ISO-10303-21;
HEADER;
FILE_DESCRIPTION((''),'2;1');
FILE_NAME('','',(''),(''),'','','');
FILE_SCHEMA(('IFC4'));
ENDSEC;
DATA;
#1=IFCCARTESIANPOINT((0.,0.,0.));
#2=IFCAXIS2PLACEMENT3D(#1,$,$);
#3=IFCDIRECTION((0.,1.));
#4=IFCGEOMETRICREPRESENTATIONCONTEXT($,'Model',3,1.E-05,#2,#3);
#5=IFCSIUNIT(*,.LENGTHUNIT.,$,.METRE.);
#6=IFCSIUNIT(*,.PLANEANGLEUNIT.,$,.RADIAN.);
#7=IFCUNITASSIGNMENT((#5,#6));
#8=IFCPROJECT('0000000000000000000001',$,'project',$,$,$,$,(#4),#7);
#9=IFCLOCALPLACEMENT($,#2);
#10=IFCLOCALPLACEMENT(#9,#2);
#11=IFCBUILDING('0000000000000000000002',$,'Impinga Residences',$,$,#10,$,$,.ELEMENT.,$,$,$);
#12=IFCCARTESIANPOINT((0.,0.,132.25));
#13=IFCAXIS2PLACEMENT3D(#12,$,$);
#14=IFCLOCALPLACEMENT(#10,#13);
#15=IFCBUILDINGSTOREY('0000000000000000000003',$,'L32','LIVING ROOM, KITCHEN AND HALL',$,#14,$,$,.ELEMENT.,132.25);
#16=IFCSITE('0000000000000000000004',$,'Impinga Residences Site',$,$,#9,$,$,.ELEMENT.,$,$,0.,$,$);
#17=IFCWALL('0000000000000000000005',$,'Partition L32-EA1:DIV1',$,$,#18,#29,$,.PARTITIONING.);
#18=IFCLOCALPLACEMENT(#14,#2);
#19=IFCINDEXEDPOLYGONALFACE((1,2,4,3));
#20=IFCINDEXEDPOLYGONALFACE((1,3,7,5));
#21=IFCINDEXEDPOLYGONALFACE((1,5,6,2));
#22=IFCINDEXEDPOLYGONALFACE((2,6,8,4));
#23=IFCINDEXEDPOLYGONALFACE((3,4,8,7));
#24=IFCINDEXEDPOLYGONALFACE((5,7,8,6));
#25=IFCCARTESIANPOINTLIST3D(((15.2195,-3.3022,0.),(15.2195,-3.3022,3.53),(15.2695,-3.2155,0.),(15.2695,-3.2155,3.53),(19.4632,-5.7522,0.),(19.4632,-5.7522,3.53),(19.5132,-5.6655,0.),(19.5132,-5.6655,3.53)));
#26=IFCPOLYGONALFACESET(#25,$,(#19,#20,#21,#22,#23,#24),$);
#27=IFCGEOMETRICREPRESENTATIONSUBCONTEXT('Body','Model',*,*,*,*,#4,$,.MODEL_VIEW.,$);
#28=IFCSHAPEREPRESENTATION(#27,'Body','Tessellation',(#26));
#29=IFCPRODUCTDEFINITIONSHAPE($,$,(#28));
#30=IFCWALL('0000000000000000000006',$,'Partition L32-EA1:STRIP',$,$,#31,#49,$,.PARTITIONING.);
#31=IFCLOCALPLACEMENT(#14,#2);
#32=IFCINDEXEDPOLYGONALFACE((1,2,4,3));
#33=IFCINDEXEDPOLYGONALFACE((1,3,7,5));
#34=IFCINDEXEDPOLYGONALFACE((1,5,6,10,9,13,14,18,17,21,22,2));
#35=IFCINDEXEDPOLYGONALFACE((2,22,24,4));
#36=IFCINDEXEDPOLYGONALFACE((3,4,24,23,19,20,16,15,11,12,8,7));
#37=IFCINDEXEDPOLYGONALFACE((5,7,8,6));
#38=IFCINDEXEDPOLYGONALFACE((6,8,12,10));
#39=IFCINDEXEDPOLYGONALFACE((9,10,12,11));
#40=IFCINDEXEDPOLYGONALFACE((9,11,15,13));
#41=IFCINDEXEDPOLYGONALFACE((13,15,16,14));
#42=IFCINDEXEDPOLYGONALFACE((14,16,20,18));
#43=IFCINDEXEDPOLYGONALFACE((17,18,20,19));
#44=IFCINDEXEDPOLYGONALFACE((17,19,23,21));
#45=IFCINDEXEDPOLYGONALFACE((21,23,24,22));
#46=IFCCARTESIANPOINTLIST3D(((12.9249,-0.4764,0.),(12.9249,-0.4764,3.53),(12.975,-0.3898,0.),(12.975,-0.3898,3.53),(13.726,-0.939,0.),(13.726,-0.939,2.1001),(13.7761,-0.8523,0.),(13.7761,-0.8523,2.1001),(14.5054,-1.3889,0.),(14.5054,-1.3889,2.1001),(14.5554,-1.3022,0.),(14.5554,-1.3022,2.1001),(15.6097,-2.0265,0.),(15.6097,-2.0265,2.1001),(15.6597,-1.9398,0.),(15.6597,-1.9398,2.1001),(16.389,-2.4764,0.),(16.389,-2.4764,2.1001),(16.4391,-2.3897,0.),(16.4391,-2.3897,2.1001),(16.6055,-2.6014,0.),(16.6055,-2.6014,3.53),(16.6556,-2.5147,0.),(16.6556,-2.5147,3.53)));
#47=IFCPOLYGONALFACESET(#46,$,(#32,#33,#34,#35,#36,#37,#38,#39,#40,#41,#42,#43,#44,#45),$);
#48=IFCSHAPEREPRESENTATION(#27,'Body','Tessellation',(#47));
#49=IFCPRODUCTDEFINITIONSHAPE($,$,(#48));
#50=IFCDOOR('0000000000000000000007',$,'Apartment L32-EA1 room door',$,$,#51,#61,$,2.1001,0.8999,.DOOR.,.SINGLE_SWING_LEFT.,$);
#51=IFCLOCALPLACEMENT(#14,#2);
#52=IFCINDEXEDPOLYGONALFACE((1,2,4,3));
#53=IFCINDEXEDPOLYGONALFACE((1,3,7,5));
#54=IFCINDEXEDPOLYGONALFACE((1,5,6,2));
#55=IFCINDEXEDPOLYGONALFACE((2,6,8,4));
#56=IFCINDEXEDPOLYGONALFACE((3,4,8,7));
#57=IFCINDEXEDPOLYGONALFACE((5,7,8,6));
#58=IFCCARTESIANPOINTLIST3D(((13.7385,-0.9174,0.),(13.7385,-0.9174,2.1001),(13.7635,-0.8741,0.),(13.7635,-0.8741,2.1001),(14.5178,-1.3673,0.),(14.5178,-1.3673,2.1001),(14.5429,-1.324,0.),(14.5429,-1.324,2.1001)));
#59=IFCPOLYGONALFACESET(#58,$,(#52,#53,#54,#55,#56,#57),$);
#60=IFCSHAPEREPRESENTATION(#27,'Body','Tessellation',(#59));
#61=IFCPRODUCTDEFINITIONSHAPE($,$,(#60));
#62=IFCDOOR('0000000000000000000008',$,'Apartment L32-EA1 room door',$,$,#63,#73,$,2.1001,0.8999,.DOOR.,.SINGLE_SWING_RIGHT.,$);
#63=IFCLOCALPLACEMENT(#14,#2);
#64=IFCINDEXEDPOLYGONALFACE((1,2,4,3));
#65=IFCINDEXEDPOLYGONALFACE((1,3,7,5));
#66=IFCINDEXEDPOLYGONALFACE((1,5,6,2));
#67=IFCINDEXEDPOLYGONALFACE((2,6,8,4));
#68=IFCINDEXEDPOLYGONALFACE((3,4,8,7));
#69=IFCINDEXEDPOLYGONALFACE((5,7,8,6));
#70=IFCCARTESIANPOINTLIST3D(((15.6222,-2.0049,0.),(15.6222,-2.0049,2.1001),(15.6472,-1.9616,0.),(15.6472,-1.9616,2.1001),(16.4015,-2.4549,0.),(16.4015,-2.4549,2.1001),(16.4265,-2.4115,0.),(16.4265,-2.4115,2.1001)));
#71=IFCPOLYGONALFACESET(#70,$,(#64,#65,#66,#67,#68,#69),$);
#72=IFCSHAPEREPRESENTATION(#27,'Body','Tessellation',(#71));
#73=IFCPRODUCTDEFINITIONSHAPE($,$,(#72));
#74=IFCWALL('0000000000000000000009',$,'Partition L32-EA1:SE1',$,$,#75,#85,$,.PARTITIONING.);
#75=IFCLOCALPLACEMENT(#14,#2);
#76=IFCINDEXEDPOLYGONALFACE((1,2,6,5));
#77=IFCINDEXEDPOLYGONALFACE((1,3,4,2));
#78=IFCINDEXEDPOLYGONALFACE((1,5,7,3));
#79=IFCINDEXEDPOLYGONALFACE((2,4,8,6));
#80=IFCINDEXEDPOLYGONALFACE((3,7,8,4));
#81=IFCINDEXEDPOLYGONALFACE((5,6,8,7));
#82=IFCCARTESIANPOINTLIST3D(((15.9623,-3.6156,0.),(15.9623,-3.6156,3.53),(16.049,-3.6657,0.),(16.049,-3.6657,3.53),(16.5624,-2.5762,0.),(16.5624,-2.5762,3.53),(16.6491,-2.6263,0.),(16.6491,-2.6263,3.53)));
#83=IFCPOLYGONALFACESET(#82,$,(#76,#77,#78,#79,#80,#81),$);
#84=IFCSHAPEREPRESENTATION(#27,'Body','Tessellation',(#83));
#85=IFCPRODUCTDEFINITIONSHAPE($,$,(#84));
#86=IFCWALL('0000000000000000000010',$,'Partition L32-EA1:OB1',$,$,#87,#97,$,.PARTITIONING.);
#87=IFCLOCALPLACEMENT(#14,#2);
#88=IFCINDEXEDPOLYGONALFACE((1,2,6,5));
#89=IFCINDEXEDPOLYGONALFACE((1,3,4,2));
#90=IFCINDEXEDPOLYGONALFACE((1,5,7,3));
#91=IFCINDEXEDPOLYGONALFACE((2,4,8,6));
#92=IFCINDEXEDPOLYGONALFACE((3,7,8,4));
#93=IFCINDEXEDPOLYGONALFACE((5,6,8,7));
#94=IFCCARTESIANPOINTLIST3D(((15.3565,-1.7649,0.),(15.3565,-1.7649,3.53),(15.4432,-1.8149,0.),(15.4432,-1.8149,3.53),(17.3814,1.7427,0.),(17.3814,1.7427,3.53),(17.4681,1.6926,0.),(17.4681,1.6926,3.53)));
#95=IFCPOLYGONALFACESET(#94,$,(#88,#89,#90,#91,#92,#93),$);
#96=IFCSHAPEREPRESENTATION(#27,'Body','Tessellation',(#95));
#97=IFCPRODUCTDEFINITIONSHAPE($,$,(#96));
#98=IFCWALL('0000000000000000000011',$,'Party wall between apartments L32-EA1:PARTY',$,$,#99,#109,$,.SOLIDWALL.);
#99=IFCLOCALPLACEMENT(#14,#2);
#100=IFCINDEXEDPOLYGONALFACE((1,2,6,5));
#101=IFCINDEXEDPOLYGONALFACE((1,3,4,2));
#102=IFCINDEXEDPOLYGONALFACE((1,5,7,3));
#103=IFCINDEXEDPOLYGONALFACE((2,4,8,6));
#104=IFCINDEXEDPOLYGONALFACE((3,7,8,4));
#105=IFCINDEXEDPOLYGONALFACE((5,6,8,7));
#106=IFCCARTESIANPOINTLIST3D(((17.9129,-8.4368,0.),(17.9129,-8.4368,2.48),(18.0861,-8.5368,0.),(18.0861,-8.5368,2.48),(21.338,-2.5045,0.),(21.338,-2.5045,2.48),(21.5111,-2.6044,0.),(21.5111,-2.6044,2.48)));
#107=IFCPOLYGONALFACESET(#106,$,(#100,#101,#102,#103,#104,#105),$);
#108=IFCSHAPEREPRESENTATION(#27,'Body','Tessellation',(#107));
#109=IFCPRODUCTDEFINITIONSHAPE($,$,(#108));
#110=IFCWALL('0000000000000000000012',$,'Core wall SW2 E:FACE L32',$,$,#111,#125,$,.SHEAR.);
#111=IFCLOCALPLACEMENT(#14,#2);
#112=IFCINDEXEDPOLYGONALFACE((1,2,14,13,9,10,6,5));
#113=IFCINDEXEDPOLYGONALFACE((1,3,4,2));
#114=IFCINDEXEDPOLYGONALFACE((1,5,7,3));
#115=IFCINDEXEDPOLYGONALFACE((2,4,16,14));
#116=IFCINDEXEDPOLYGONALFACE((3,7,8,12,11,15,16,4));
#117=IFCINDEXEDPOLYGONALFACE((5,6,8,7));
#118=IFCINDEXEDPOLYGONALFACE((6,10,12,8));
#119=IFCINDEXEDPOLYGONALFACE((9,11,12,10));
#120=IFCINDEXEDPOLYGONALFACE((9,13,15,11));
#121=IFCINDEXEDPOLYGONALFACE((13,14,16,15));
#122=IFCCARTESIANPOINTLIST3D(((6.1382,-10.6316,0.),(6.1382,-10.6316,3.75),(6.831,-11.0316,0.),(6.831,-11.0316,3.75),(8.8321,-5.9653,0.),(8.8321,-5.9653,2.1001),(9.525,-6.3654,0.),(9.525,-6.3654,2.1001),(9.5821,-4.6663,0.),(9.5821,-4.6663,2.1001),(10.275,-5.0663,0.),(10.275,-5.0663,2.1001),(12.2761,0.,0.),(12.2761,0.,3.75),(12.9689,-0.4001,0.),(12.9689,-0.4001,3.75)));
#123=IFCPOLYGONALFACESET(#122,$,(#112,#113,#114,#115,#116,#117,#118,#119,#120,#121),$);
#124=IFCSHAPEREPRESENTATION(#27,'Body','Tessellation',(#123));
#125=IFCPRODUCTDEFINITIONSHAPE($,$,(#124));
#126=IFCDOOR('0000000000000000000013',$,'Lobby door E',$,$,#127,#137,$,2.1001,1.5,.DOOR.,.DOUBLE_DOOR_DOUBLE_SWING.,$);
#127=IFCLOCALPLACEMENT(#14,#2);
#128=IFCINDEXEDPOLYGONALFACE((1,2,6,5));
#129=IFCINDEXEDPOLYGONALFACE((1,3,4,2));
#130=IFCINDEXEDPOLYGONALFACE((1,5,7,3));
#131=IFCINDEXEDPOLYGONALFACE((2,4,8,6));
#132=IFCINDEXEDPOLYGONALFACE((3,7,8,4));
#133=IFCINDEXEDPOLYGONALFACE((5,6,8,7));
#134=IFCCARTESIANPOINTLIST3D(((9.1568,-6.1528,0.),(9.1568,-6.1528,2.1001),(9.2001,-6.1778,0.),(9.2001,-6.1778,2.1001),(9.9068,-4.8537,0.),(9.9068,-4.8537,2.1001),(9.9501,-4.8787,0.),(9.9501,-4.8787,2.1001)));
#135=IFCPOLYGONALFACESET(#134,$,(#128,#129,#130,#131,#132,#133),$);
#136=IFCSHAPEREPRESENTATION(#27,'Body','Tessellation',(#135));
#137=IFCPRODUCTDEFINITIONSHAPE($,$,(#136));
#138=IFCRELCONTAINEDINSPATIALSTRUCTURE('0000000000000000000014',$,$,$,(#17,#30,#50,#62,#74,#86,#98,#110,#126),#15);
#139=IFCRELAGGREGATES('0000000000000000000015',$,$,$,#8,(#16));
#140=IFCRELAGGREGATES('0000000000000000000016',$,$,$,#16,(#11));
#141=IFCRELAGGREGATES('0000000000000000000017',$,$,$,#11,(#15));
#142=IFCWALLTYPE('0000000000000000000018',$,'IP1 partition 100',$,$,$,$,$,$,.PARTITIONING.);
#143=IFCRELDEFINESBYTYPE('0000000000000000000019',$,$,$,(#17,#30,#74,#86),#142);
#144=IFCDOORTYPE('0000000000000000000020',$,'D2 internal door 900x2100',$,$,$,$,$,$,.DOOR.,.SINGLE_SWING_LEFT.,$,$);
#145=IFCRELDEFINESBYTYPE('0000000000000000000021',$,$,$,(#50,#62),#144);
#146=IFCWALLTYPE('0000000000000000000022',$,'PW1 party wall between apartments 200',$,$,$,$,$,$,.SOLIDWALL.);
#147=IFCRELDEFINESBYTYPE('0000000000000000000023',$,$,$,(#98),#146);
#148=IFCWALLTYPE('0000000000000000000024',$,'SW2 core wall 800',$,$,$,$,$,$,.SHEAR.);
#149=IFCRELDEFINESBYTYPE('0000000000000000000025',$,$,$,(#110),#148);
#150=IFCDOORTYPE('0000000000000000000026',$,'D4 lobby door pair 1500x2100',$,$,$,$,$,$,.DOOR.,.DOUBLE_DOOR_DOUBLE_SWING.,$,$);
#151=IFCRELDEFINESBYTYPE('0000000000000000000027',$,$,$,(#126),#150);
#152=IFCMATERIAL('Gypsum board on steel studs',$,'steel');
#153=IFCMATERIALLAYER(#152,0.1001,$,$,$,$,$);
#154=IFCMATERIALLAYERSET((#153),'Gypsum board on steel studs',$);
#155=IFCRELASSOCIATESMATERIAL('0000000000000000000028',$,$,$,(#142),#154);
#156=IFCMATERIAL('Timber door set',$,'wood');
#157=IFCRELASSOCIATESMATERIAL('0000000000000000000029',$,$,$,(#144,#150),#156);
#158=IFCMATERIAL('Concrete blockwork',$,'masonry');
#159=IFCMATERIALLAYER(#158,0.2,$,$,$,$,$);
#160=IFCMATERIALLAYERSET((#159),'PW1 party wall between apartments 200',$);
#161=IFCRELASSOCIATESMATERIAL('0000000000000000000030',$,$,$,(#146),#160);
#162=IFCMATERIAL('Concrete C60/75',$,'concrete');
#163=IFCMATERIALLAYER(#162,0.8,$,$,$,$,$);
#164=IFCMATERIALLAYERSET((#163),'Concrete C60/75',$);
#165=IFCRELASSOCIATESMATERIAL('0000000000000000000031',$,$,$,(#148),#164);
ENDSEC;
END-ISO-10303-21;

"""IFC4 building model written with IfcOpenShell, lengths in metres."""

from ifc_helpers import new_model, si_unit, direction, frame, frame_2d, origin, place, context, subcontext, project, spatial, rectangle, extrude, material, layer, layer_set, type_object, element, fill, save


model = new_model("IFC4")

# Units and contexts
model_context = context("Model", 3, precision=1e-05, world=origin(), true_north=direction((0.0, 1.0)))
body_context = subcontext(model_context, "Body", "Model", "MODEL_VIEW")
ifc_project = project(units=[si_unit("LENGTHUNIT", "METRE"), si_unit("PLANEANGLEUNIT", "RADIAN")], contexts=[model_context])

# Site, building, storey
site_placement = place(None, origin())
site = spatial("IfcSite", under=ifc_project, at=site_placement, Name="Impinga Residences Site", CompositionType="ELEMENT", RefElevation=0.0)
building_placement = place(site_placement, origin())
building = spatial("IfcBuilding", under=site, at=building_placement, Name="Impinga Residences", CompositionType="ELEMENT")
storey_placement = place(building_placement, frame((0.0, 0.0, 132.25)))
storey = spatial("IfcBuildingStorey", under=building, at=storey_placement, Name="L32", Description="LIVING ROOM, KITCHEN AND HALL", CompositionType="ELEMENT", Elevation=132.25)

# Shared definitions
ifc_material_1 = material(Name="Concrete C60/75", Category="concrete")

# Wall
ifc_material_2 = material(Name="Gypsum board on steel studs", Category="steel")
ifc_layer_1 = layer(ifc_material_2, 0.1001)
ifc_layer_set_1 = layer_set([ifc_layer_1], Name="Gypsum board on steel studs")
wall_type_1 = type_object("IfcWallType", Name="IP1 partition 100", PredefinedType="PARTITIONING", material=ifc_layer_set_1)
wall_1_placement = place(storey_placement, frame((15.2444, -3.2588, 0.0), z_axis=(0.0, 0.0, 1.0), x_axis=(0.866036, -0.499981, 0.0)))
element("IfcWall", 1, at=wall_1_placement, inside=storey, type_object=wall_type_1, Name="Partition L32-EA1:DIV1", PredefinedType="PARTITIONING", context=body_context, shape_type="SweptSolid", body=[
    extrude(rectangle(XDim=4.9001, YDim=0.1001, at=frame_2d((2.4502, 0.0))), origin(), (0.0, 0.0, 1.0), 3.53),
])

# Wall, openings, doors
wall_2_placement = place(storey_placement, frame((12.95, -0.4331, 0.0), z_axis=(0.0, 0.0, 1.0), x_axis=(0.866029, -0.499994, 0.0)))
wall_2 = element("IfcWall", 2, at=wall_2_placement, inside=storey, type_object=wall_type_1, Name="Partition L32-EA1:STRIP", PredefinedType="PARTITIONING", context=body_context, shape_type="SweptSolid", body=[
    extrude(rectangle(XDim=4.25, YDim=0.1001, at=frame_2d((2.125, 0.0))), origin(), (0.0, 0.0, 1.0), 3.53),
])
opening_1_placement = place(wall_2_placement, frame((0.925, 0.0, 0.0)))
opening_1 = element("IfcOpeningElement", 3, at=opening_1_placement, cuts=wall_2, PredefinedType="OPENING", context=body_context, shape_type="SweptSolid", body=[
    extrude(rectangle(XDim=0.8999, YDim=2.1001, at=frame_2d((0.45, 1.05))), frame((0.0, 0.0601, 0.0), z_axis=(0.0, -1.0, 0.0), x_axis=(1.0, 0.0, 0.0)), (0.0, 0.0, 1.0), 0.1201),
])
opening_2_placement = place(wall_2_placement, frame((3.1001, 0.0, 0.0)))
opening_2 = element("IfcOpeningElement", 4, at=opening_2_placement, cuts=wall_2, PredefinedType="OPENING", context=body_context, shape_type="SweptSolid", body=[
    extrude(rectangle(XDim=0.8999, YDim=2.1001, at=frame_2d((0.45, 1.05))), frame((0.0, 0.0601, 0.0), z_axis=(0.0, -1.0, 0.0), x_axis=(1.0, 0.0, 0.0)), (0.0, 0.0, 1.0), 0.1201),
])
ifc_material_3 = material(Name="Timber door set", Category="wood")
door_type_1 = type_object("IfcDoorType", Name="D2 internal door 900x2100", OperationType="SINGLE_SWING_LEFT", PredefinedType="DOOR", material=ifc_material_3)
door_1_placement = place(opening_1_placement, origin())
door_1 = element("IfcDoor", 5, at=door_1_placement, inside=storey, type_object=door_type_1, Name="Apartment L32-EA1 room door", OperationType="SINGLE_SWING_LEFT", OverallHeight=2.1001, OverallWidth=0.8999, PredefinedType="DOOR", context=body_context, shape_type="SweptSolid", body=[
    extrude(rectangle(XDim=0.8999, YDim=2.1001, at=frame_2d((0.45, 1.05))), frame((0.0, 0.0249, 0.0), z_axis=(0.0, -1.0, 0.0), x_axis=(1.0, 0.0, 0.0)), (0.0, 0.0, 1.0), 0.05),
])
fill(opening_1, door_1)
door_2_placement = place(opening_2_placement, origin())
door_2 = element("IfcDoor", 6, at=door_2_placement, inside=storey, type_object=door_type_1, Name="Apartment L32-EA1 room door", OperationType="SINGLE_SWING_RIGHT", OverallHeight=2.1001, OverallWidth=0.8999, PredefinedType="DOOR", context=body_context, shape_type="SweptSolid", body=[
    extrude(rectangle(XDim=0.8999, YDim=2.1001, at=frame_2d((0.45, 1.05))), frame((0.0, 0.0249, 0.0), z_axis=(0.0, -1.0, 0.0), x_axis=(1.0, 0.0, 0.0)), (0.0, 0.0, 1.0), 0.05),
])
fill(opening_2, door_2)

# Walls
wall_3_placement = place(storey_placement, frame((16.0056, -3.6406, 0.0), z_axis=(0.0, 0.0, 1.0), x_axis=(0.500034, 0.866006, 0.0)))
element("IfcWall", 7, at=wall_3_placement, inside=storey, type_object=wall_type_1, Name="Partition L32-EA1:SE1", PredefinedType="PARTITIONING", context=body_context, shape_type="SweptSolid", body=[
    extrude(rectangle(XDim=1.2002, YDim=0.1001, at=frame_2d((0.6001, 0.0))), origin(), (0.0, 0.0, 1.0), 3.53),
])
wall_4_placement = place(storey_placement, frame((15.3999, -1.7898, 0.0), z_axis=(0.0, 0.0, 1.0), x_axis=(0.499964, 0.866046, 0.0)))
element("IfcWall", 8, at=wall_4_placement, inside=storey, type_object=wall_type_1, Name="Partition L32-EA1:OB1", PredefinedType="PARTITIONING", context=body_context, shape_type="SweptSolid", body=[
    extrude(rectangle(XDim=4.05, YDim=0.1001, at=frame_2d((2.0249, 0.0))), origin(), (0.0, 0.0, 1.0), 3.53),
])
ifc_material_4 = material(Name="Concrete blockwork", Category="masonry")
ifc_layer_2 = layer(ifc_material_4, 0.2)
ifc_layer_set_2 = layer_set([ifc_layer_2], Name="PW1 party wall between apartments 200")
wall_type_2 = type_object("IfcWallType", Name="PW1 party wall between apartments 200", PredefinedType="SOLIDWALL", material=ifc_layer_set_2)
wall_5_placement = place(storey_placement, frame((17.9995, -8.4868, 0.0), z_axis=(0.0, 0.0, 1.0), x_axis=(0.499999, 0.866026, 0.0)))
element("IfcWall", 9, at=wall_5_placement, inside=storey, type_object=wall_type_2, Name="Party wall between apartments L32-EA1:PARTY", PredefinedType="SOLIDWALL", context=body_context, shape_type="SweptSolid", body=[
    extrude(rectangle(XDim=6.8501, YDim=0.2, at=frame_2d((3.425, 0.0))), origin(), (0.0, 0.0, 1.0), 2.48),
])

# Wall, opening, door
ifc_layer_3 = layer(ifc_material_1, 0.8)
ifc_layer_set_3 = layer_set([ifc_layer_3], Name="Concrete C60/75")
wall_type_3 = type_object("IfcWallType", Name="SW2 core wall 800", PredefinedType="SHEAR", material=ifc_layer_set_3)
wall_6_placement = place(storey_placement, frame((12.6226, -0.2, 0.0), z_axis=(0.0, 0.0, 1.0), x_axis=(-0.499987, -0.866033, 0.0)))
wall_6 = element("IfcWall", 10, at=wall_6_placement, inside=storey, type_object=wall_type_3, Name="Core wall SW2 E:FACE L32", PredefinedType="SHEAR", context=body_context, shape_type="SweptSolid", body=[
    extrude(rectangle(XDim=12.2761, YDim=0.8, at=frame_2d((6.1382, 0.0))), origin(), (0.0, 0.0, 1.0), 3.75),
])
opening_3_placement = place(wall_6_placement, frame((5.3882, 0.0, 0.0)))
opening_3 = element("IfcOpeningElement", 11, at=opening_3_placement, cuts=wall_6, PredefinedType="OPENING", context=body_context, shape_type="SweptSolid", body=[
    extrude(rectangle(XDim=1.5, YDim=2.1001, at=frame_2d((0.75, 1.05))), frame((0.0, 0.4099, 0.0), z_axis=(0.0, -1.0, 0.0), x_axis=(1.0, 0.0, 0.0)), (0.0, 0.0, 1.0), 0.8201),
])
door_type_2 = type_object("IfcDoorType", Name="D4 lobby door pair 1500x2100", OperationType="DOUBLE_DOOR_DOUBLE_SWING", PredefinedType="DOOR", material=ifc_material_3)
door_3_placement = place(opening_3_placement, origin())
door_3 = element("IfcDoor", 12, at=door_3_placement, inside=storey, type_object=door_type_2, Name="Lobby door E", OperationType="DOUBLE_DOOR_DOUBLE_SWING", OverallHeight=2.1001, OverallWidth=1.5, PredefinedType="DOOR", context=body_context, shape_type="SweptSolid", body=[
    extrude(rectangle(XDim=1.5, YDim=2.1001, at=frame_2d((0.75, 1.05))), frame((0.0, 0.0249, 0.0), z_axis=(0.0, -1.0, 0.0), x_axis=(1.0, 0.0, 0.0)), (0.0, 0.0, 1.0), 0.05),
])
fill(opening_3, door_3)

save(model, "model.ifc")
